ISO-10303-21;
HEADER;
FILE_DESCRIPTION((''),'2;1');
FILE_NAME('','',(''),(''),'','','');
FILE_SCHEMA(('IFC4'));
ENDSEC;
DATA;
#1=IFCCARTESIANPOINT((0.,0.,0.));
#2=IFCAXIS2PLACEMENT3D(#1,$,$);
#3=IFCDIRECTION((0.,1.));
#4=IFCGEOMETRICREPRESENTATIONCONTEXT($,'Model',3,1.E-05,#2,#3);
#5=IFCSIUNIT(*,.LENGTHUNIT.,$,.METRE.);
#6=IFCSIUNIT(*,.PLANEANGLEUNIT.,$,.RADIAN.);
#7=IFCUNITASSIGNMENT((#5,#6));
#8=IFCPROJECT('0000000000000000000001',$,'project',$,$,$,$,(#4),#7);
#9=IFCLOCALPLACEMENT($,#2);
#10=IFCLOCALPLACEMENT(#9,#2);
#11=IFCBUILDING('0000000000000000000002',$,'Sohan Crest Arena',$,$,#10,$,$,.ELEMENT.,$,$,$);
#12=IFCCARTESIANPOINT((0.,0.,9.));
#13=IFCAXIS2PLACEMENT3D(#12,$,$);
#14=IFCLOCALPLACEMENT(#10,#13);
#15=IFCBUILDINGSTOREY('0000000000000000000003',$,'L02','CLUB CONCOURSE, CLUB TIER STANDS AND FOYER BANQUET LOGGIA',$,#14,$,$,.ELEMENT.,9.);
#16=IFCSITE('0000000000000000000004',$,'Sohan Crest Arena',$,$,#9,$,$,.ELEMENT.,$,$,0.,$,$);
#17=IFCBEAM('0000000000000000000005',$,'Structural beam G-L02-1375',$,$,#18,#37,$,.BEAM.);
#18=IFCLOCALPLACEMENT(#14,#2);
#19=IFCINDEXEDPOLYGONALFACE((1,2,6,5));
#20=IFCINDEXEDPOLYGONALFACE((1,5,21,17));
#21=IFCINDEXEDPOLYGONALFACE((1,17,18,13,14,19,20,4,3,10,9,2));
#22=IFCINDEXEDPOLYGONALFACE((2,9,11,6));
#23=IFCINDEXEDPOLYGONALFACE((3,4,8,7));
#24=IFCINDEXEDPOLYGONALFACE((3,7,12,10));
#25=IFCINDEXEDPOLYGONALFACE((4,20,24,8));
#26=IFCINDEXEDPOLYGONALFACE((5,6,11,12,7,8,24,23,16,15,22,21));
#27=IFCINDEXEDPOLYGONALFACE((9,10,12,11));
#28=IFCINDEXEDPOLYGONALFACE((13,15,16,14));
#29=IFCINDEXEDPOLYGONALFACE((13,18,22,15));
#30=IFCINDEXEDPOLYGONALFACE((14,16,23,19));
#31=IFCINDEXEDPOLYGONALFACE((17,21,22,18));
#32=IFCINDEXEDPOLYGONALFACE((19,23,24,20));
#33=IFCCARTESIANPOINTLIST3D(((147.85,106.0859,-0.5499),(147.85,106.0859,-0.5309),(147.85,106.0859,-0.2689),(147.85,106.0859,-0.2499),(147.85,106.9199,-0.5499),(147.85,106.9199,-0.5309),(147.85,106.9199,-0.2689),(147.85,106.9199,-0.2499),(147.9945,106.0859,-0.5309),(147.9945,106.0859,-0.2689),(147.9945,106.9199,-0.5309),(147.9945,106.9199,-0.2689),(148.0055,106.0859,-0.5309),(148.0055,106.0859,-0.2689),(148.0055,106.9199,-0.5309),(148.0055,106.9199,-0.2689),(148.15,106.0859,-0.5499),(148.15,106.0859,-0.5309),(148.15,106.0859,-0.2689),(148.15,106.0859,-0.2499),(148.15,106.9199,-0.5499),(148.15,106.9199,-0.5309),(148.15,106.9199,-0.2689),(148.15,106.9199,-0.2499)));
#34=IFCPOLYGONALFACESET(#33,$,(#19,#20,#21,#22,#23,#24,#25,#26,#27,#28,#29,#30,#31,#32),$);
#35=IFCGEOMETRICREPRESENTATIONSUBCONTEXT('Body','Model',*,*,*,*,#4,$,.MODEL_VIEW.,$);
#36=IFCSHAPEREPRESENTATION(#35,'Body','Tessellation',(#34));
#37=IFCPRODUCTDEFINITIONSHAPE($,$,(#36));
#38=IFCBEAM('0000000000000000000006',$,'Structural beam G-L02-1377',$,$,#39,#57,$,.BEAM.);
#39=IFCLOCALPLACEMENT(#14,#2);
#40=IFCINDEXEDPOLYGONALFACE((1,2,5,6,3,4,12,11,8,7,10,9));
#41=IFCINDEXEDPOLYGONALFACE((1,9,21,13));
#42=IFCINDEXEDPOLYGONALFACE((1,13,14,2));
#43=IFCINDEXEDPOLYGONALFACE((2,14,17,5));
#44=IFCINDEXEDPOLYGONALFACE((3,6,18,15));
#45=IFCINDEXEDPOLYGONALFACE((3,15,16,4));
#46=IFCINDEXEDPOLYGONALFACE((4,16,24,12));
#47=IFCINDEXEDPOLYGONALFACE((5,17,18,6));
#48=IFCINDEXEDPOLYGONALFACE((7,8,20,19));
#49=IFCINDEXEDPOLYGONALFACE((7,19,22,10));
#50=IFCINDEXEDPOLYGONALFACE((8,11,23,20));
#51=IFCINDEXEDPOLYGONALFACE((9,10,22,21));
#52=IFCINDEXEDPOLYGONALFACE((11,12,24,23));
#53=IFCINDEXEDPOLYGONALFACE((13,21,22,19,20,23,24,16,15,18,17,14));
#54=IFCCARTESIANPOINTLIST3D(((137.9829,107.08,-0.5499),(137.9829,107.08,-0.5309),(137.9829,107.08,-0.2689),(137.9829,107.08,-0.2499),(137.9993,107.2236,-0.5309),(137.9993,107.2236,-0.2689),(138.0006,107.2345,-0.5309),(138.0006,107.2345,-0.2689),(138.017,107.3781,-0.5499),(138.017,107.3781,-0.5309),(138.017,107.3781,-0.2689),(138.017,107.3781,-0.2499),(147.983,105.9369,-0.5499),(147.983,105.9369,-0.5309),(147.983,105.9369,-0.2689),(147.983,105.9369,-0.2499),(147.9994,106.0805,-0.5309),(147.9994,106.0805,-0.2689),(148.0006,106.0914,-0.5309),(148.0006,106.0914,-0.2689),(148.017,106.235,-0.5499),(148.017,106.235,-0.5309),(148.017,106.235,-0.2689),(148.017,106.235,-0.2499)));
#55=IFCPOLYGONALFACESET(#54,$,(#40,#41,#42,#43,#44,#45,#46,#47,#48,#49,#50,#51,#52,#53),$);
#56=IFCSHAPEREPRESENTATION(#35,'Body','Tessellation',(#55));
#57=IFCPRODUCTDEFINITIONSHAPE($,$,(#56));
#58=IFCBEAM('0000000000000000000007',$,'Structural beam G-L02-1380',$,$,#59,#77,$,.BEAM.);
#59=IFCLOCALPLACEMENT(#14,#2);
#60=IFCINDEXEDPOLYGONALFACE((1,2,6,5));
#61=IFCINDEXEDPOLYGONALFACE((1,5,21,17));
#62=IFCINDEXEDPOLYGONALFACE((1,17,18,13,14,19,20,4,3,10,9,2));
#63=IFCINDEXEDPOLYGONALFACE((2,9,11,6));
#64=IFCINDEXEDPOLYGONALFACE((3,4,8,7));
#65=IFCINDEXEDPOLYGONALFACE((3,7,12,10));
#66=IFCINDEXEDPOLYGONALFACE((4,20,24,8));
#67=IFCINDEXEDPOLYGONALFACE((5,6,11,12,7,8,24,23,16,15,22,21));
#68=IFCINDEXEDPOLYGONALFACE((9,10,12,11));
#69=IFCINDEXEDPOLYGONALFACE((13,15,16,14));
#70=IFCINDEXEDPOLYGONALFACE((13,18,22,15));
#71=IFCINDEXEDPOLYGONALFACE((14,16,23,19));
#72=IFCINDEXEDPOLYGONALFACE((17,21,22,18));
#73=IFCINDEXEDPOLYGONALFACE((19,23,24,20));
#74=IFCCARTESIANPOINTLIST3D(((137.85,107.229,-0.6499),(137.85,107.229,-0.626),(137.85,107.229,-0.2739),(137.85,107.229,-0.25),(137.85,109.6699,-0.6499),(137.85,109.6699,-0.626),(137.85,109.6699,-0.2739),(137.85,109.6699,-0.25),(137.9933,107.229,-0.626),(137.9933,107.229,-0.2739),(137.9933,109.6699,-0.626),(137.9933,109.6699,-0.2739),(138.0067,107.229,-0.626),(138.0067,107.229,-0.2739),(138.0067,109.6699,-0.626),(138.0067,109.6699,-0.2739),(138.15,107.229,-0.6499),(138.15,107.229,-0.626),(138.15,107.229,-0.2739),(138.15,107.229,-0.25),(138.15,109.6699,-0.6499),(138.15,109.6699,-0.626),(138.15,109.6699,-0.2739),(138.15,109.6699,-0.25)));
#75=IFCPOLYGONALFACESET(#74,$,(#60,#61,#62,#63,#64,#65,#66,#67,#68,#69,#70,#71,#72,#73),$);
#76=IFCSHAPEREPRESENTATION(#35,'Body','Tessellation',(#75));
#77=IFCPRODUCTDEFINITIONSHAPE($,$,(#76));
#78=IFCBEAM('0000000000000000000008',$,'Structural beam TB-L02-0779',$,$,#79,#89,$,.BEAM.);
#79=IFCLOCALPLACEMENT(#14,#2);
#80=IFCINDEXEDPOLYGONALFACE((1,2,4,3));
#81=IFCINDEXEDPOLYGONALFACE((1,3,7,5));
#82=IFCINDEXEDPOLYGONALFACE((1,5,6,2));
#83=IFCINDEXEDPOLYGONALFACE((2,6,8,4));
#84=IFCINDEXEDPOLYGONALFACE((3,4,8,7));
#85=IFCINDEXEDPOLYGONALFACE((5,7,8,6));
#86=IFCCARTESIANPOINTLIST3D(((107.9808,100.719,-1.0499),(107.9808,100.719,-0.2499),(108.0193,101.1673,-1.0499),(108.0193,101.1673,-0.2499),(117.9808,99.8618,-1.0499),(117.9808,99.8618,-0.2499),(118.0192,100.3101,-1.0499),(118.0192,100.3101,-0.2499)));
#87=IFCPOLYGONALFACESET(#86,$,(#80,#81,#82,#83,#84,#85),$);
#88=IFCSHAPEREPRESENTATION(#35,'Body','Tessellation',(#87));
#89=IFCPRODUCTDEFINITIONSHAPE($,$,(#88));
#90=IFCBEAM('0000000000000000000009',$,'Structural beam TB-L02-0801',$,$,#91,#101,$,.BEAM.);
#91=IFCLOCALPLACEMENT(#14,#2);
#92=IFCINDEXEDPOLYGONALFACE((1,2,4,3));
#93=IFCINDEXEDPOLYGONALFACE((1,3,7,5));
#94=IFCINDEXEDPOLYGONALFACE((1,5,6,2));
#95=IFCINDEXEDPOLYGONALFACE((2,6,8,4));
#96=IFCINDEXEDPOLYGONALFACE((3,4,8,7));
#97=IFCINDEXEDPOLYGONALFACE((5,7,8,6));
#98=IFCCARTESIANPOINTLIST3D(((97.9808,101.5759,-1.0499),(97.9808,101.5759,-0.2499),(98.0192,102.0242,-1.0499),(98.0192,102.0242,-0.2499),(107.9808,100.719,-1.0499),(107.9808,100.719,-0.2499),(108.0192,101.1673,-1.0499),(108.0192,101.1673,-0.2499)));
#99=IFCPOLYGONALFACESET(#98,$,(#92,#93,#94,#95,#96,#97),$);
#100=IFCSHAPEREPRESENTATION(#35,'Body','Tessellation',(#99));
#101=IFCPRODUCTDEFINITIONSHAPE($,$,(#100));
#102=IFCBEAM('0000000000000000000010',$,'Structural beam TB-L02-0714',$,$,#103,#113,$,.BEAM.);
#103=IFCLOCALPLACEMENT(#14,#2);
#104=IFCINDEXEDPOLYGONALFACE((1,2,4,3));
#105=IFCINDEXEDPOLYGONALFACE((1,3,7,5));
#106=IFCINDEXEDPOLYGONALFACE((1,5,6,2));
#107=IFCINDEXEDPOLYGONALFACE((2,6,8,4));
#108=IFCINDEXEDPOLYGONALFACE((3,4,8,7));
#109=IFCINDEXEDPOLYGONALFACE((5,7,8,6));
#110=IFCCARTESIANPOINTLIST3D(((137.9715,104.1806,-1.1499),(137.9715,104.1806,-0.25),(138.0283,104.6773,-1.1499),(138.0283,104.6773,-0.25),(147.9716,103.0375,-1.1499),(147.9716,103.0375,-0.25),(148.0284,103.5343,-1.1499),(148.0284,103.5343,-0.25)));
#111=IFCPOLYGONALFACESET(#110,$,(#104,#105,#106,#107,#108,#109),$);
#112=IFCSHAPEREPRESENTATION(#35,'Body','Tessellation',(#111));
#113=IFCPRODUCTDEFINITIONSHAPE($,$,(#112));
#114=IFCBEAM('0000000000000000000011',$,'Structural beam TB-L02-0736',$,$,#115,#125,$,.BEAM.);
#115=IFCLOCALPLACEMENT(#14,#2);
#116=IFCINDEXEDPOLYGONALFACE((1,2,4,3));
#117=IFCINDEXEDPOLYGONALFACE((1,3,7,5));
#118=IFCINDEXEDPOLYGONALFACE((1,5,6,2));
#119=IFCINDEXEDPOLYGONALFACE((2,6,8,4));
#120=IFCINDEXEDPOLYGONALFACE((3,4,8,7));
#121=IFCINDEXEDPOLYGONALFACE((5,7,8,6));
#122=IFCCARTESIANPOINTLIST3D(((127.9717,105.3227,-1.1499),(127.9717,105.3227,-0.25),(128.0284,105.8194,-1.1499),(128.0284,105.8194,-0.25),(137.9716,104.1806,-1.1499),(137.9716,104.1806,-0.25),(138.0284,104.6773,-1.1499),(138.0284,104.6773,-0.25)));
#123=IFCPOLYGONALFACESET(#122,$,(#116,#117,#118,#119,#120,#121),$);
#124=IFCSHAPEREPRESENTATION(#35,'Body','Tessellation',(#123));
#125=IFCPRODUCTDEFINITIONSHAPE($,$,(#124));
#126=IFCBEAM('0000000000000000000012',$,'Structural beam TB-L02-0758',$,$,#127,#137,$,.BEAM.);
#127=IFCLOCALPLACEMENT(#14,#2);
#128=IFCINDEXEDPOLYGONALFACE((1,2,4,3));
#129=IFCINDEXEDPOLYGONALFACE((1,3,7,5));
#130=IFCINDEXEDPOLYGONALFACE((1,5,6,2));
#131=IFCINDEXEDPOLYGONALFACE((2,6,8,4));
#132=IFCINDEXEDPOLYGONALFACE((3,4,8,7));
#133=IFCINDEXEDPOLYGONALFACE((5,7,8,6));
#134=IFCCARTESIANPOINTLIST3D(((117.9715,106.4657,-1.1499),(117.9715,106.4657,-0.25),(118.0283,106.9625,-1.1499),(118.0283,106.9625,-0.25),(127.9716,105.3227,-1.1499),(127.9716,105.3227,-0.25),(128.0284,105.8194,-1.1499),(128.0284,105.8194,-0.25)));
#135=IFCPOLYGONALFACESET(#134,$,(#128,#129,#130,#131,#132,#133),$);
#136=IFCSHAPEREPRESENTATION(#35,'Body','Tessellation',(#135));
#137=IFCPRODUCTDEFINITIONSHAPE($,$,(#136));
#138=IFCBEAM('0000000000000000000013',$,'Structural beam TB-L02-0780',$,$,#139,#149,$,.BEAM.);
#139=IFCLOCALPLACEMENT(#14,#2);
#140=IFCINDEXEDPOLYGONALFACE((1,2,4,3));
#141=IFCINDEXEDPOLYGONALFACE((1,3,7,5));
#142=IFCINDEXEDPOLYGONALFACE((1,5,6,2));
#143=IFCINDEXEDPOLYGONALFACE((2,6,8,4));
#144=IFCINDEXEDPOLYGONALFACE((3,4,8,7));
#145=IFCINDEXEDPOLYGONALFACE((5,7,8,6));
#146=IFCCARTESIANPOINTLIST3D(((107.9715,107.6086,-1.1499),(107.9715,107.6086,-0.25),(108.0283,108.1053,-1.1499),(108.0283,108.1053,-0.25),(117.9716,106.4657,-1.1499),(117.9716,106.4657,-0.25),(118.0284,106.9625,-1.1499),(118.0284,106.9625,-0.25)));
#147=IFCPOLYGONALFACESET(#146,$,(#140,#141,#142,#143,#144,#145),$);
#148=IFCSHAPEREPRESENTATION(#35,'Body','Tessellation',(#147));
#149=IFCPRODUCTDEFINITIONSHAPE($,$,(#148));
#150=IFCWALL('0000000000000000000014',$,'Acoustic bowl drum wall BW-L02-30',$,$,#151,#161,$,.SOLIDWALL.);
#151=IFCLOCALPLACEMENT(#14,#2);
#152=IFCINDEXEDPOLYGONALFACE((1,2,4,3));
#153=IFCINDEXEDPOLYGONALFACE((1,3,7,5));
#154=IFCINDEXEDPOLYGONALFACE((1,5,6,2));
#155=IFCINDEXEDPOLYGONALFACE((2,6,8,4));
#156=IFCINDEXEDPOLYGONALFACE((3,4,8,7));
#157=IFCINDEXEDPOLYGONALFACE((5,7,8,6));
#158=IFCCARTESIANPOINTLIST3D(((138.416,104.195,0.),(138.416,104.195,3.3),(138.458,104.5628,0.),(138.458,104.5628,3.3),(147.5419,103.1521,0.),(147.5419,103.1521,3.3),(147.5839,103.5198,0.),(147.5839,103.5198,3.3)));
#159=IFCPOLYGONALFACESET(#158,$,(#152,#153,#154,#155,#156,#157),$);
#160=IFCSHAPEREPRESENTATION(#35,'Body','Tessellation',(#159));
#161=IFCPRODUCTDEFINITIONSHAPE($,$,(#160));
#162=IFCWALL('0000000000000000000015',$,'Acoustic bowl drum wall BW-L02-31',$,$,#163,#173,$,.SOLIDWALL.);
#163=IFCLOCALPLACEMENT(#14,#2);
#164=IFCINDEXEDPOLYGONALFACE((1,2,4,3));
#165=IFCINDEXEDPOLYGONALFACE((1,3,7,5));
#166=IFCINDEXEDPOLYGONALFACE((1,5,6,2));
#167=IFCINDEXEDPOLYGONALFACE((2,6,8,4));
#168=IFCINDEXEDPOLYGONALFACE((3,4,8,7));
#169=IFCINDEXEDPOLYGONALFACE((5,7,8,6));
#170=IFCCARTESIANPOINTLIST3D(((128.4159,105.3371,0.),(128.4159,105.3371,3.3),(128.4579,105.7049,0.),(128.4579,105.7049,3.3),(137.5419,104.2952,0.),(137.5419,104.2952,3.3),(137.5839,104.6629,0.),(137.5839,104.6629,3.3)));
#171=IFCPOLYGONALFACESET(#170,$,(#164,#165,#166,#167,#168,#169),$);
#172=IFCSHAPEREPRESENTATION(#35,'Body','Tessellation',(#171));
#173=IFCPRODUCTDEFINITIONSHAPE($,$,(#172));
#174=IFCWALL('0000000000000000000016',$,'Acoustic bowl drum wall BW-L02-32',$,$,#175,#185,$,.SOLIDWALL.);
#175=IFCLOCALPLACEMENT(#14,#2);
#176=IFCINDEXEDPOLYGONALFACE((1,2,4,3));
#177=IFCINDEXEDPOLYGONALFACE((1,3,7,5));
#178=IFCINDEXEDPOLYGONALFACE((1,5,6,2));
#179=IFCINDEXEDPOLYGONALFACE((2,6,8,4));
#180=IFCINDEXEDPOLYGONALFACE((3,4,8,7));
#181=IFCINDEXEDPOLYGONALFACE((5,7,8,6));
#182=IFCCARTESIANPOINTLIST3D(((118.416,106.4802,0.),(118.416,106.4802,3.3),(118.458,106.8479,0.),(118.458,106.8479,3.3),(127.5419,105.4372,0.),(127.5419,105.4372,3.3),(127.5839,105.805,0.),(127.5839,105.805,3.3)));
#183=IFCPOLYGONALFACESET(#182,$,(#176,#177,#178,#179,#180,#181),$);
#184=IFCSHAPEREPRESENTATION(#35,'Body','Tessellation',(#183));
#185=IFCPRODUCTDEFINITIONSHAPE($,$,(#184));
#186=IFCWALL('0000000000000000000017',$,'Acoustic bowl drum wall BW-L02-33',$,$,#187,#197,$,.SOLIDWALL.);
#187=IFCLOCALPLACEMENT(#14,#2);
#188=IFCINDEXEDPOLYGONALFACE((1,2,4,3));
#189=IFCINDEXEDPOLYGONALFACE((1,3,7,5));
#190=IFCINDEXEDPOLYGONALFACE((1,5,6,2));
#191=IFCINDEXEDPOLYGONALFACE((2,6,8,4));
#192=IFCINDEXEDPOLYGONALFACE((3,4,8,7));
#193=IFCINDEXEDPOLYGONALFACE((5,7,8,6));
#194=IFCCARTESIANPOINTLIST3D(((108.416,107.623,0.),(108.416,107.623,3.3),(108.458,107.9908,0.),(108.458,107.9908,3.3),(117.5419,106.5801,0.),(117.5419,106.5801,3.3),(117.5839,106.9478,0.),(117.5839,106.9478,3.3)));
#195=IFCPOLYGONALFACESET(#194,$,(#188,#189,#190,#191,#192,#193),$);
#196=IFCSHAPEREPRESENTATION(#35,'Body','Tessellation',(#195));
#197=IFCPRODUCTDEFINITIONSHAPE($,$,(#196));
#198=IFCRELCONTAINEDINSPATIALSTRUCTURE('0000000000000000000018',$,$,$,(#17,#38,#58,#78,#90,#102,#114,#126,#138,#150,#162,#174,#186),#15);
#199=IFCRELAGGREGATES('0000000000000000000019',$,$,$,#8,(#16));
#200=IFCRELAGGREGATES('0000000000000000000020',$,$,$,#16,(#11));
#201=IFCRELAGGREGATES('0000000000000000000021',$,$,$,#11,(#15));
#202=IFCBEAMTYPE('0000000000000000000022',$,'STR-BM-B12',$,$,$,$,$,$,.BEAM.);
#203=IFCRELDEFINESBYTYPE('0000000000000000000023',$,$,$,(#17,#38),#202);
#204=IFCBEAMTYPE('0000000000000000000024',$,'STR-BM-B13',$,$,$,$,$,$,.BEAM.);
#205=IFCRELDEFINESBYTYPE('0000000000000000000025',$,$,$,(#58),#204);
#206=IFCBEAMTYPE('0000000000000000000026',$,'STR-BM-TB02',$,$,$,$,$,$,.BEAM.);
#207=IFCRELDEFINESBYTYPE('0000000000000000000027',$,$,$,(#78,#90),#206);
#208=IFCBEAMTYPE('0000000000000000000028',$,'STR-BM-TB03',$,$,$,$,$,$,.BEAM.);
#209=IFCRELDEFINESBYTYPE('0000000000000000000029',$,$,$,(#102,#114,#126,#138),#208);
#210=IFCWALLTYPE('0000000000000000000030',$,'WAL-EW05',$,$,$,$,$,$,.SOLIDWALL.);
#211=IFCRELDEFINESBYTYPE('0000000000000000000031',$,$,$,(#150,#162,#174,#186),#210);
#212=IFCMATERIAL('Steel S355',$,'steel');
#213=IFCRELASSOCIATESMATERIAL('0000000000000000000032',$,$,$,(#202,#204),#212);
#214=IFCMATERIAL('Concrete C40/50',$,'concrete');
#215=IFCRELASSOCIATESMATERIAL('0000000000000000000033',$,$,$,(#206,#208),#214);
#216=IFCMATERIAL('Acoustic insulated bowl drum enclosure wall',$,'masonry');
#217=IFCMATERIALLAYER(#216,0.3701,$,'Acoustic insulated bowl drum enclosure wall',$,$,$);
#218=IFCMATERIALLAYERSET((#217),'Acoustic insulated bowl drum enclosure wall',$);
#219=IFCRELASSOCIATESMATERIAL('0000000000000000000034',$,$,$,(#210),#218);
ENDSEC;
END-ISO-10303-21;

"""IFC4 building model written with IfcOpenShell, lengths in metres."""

from ifc_helpers import new_model, si_unit, direction, frame, frame_2d, origin, origin_2d, place, context, subcontext, project, spatial, rectangle, i_section, extrude, material, layer, layer_set, material_profile, profile_set, type_object, element, save


model = new_model("IFC4")

# Units and contexts
model_context = context("Model", 3, precision=1e-05, world=origin(), true_north=direction((0.0, 1.0)))
body_context = subcontext(model_context, "Body", "Model", "MODEL_VIEW")
ifc_project = project(units=[si_unit("LENGTHUNIT", "METRE"), si_unit("PLANEANGLEUNIT", "RADIAN")], contexts=[model_context])

# Site, building, storey
site_placement = place(None, origin())
site = spatial("IfcSite", under=ifc_project, at=site_placement, Name="Sohan Crest Arena", CompositionType="ELEMENT", RefElevation=0.0)
building_placement = place(site_placement, origin())
building = spatial("IfcBuilding", under=site, at=building_placement, Name="Sohan Crest Arena", CompositionType="ELEMENT")
storey_placement = place(building_placement, frame((0.0, 0.0, 9.0)))
storey = spatial("IfcBuildingStorey", under=building, at=storey_placement, Name="L02", Description="CLUB CONCOURSE, CLUB TIER STANDS AND FOYER BANQUET LOGGIA", CompositionType="ELEMENT", Elevation=9.0)

# Shared definitions
ifc_material_1 = material(Name="Concrete C40/50", Category="concrete")
ifc_material_2 = material(Name="Steel S355", Category="steel")

# Beams
ifc_material_profile_1 = material_profile(ifc_material_2, i_section(OverallWidth=0.3, OverallDepth=0.3, WebThickness=0.011, FlangeThickness=0.019, at=origin_2d()), Name="HEB 300")
ifc_profile_set_1 = profile_set([ifc_material_profile_1], Name="Steel S355")
beam_type_1 = type_object("IfcBeamType", Name="STR-BM-B12", PredefinedType="BEAM", material=ifc_profile_set_1)
beam_1_placement = place(storey_placement, frame((148.0, 106.0859, -0.3999), z_axis=(0.0, 1.0, 0.0), x_axis=(-1.0, 0.0, 0.0)))
element("IfcBeam", 1, at=beam_1_placement, inside=storey, type_object=beam_type_1, Name="Structural beam G-L02-1375", PredefinedType="BEAM", context=body_context, shape_type="SweptSolid", body=[
    extrude(i_section(OverallWidth=0.3, OverallDepth=0.3, WebThickness=0.011, FlangeThickness=0.019, at=origin_2d()), origin(), (0.0, 0.0, 1.0), 0.834),
])
beam_2_placement = place(storey_placement, frame((148.0, 106.0859, -0.3999), z_axis=(-0.99353, 0.113567, 0.0), x_axis=(-0.113567, -0.99353, 0.0)))
element("IfcBeam", 2, at=beam_2_placement, inside=storey, type_object=beam_type_1, Name="Structural beam G-L02-1377", PredefinedType="BEAM", context=body_context, shape_type="SweptSolid", body=[
    extrude(i_section(OverallWidth=0.3, OverallDepth=0.3, WebThickness=0.011, FlangeThickness=0.019, at=origin_2d()), origin(), (0.0, 0.0, 1.0), 10.0652),
])
ifc_material_profile_2 = material_profile(ifc_material_2, i_section(OverallWidth=0.3, OverallDepth=0.3999, WebThickness=0.0134, FlangeThickness=0.0239, at=origin_2d()), Name="HEB 400")
ifc_profile_set_2 = profile_set([ifc_material_profile_2], Name="Steel S355")
beam_type_2 = type_object("IfcBeamType", Name="STR-BM-B13", PredefinedType="BEAM", material=ifc_profile_set_2)
beam_3_placement = place(storey_placement, frame((138.0, 107.229, -0.45), z_axis=(0.0, 1.0, 0.0), x_axis=(-1.0, 0.0, 0.0)))
element("IfcBeam", 3, at=beam_3_placement, inside=storey, type_object=beam_type_2, Name="Structural beam G-L02-1380", PredefinedType="BEAM", context=body_context, shape_type="SweptSolid", body=[
    extrude(i_section(OverallWidth=0.3, OverallDepth=0.3999, WebThickness=0.0134, FlangeThickness=0.0239, at=origin_2d()), origin(), (0.0, 0.0, 1.0), 2.4409),
])
ifc_material_profile_3 = material_profile(ifc_material_1, rectangle(XDim=0.45, YDim=0.8, at=origin_2d()), Name="RC-BM 450x800")
ifc_profile_set_3 = profile_set([ifc_material_profile_3], Name="Concrete C40/50")
beam_type_3 = type_object("IfcBeamType", Name="STR-BM-TB02", PredefinedType="BEAM", material=ifc_profile_set_3)
for number, where, z_axis, x_axis, name in (
    (4, (118.0, 100.0859, -0.6499), (-0.996346, 0.085405, 0.0), (-0.085405, -0.996346, 0.0), "Structural beam TB-L02-0779"),
    (5, (108.0, 100.9431, -0.6499), (-0.996348, 0.08538, 0.0), (-0.08538, -0.996348, 0.0), "Structural beam TB-L02-0801"),
):
    element("IfcBeam", number, at=place(storey_placement, frame(where, z_axis=z_axis, x_axis=x_axis)), inside=storey, type_object=beam_type_3, Name=name, PredefinedType="BEAM", context=body_context, shape_type="SweptSolid", body=[
        extrude(rectangle(XDim=0.45, YDim=0.8, at=origin_2d()), origin(), (0.0, 0.0, 1.0), 10.0366),
    ])
ifc_material_profile_4 = material_profile(ifc_material_1, rectangle(XDim=0.5, YDim=0.8999, at=origin_2d()), Name="RC-BM 500x900")
ifc_profile_set_4 = profile_set([ifc_material_profile_4], Name="Concrete C40/50")
beam_type_4 = type_object("IfcBeamType", Name="STR-BM-TB03", PredefinedType="BEAM", material=ifc_profile_set_4)
beam_4_placement = place(storey_placement, frame((148.0, 103.2859, -0.7), z_axis=(-0.99353, 0.113567, 0.0), x_axis=(-0.113567, -0.99353, 0.0)))
element("IfcBeam", 6, at=beam_4_placement, inside=storey, type_object=beam_type_4, Name="Structural beam TB-L02-0714", PredefinedType="BEAM", context=body_context, shape_type="SweptSolid", body=[
    extrude(rectangle(XDim=0.5, YDim=0.8999, at=origin_2d()), origin(), (0.0, 0.0, 1.0), 10.0652),
])
beam_5_placement = place(storey_placement, frame((138.0, 104.429, -0.7), z_axis=(-0.993541, 0.113471, 0.0), x_axis=(-0.113471, -0.993541, 0.0)))
element("IfcBeam", 7, at=beam_5_placement, inside=storey, type_object=beam_type_4, Name="Structural beam TB-L02-0736", PredefinedType="BEAM", context=body_context, shape_type="SweptSolid", body=[
    extrude(rectangle(XDim=0.5, YDim=0.8999, at=origin_2d()), origin(), (0.0, 0.0, 1.0), 10.0649),
])
for number, where, z_axis, x_axis, name in (
    (8, (128.0, 105.571, -0.7), (-0.99353, 0.113567, 0.0), (-0.113567, -0.99353, 0.0), "Structural beam TB-L02-0758"),
    (9, (118.0, 106.7141, -0.7), (-0.993533, 0.113543, 0.0), (-0.113543, -0.993533, 0.0), "Structural beam TB-L02-0780"),
):
    element("IfcBeam", number, at=place(storey_placement, frame(where, z_axis=z_axis, x_axis=x_axis)), inside=storey, type_object=beam_type_4, Name=name, PredefinedType="BEAM", context=body_context, shape_type="SweptSolid", body=[
        extrude(rectangle(XDim=0.5, YDim=0.8999, at=origin_2d()), origin(), (0.0, 0.0, 1.0), 10.0652),
    ])

# Walls
ifc_material_3 = material(Name="Acoustic insulated bowl drum enclosure wall", Category="masonry")
ifc_layer_1 = layer(ifc_material_3, 0.3701, Name="Acoustic insulated bowl drum enclosure wall")
ifc_layer_set_1 = layer_set([ifc_layer_1], Name="Acoustic insulated bowl drum enclosure wall")
wall_type_1 = type_object("IfcWallType", Name="WAL-EW05", PredefinedType="SOLIDWALL", material=ifc_layer_set_1)
for number, where, z_axis, x_axis, name in (
    (10, (147.563, 103.3359, 0.0), (0.0, 0.0, 1.0), (-0.993533, 0.113547, 0.0), "Acoustic bowl drum wall BW-L02-30"),
    (11, (137.563, 104.479, 0.0), (0.0, 0.0, 1.0), (-0.993545, 0.113442, 0.0), "Acoustic bowl drum wall BW-L02-31"),
    (12, (127.563, 105.6211, 0.0), (0.0, 0.0, 1.0), (-0.993533, 0.113547, 0.0), "Acoustic bowl drum wall BW-L02-32"),
    (13, (117.563, 106.7639, 0.0), (0.0, 0.0, 1.0), (-0.993533, 0.113547, 0.0), "Acoustic bowl drum wall BW-L02-33"),
):
    element("IfcWall", number, at=place(storey_placement, frame(where, z_axis=z_axis, x_axis=x_axis)), inside=storey, type_object=wall_type_1, Name=name, PredefinedType="SOLIDWALL", context=body_context, shape_type="SweptSolid", body=[
        extrude(rectangle(XDim=9.1853, YDim=0.3701, at=frame_2d((4.5928, 0.0))), origin(), (0.0, 0.0, 1.0), 3.3),
    ])

save(model, "model.ifc")
